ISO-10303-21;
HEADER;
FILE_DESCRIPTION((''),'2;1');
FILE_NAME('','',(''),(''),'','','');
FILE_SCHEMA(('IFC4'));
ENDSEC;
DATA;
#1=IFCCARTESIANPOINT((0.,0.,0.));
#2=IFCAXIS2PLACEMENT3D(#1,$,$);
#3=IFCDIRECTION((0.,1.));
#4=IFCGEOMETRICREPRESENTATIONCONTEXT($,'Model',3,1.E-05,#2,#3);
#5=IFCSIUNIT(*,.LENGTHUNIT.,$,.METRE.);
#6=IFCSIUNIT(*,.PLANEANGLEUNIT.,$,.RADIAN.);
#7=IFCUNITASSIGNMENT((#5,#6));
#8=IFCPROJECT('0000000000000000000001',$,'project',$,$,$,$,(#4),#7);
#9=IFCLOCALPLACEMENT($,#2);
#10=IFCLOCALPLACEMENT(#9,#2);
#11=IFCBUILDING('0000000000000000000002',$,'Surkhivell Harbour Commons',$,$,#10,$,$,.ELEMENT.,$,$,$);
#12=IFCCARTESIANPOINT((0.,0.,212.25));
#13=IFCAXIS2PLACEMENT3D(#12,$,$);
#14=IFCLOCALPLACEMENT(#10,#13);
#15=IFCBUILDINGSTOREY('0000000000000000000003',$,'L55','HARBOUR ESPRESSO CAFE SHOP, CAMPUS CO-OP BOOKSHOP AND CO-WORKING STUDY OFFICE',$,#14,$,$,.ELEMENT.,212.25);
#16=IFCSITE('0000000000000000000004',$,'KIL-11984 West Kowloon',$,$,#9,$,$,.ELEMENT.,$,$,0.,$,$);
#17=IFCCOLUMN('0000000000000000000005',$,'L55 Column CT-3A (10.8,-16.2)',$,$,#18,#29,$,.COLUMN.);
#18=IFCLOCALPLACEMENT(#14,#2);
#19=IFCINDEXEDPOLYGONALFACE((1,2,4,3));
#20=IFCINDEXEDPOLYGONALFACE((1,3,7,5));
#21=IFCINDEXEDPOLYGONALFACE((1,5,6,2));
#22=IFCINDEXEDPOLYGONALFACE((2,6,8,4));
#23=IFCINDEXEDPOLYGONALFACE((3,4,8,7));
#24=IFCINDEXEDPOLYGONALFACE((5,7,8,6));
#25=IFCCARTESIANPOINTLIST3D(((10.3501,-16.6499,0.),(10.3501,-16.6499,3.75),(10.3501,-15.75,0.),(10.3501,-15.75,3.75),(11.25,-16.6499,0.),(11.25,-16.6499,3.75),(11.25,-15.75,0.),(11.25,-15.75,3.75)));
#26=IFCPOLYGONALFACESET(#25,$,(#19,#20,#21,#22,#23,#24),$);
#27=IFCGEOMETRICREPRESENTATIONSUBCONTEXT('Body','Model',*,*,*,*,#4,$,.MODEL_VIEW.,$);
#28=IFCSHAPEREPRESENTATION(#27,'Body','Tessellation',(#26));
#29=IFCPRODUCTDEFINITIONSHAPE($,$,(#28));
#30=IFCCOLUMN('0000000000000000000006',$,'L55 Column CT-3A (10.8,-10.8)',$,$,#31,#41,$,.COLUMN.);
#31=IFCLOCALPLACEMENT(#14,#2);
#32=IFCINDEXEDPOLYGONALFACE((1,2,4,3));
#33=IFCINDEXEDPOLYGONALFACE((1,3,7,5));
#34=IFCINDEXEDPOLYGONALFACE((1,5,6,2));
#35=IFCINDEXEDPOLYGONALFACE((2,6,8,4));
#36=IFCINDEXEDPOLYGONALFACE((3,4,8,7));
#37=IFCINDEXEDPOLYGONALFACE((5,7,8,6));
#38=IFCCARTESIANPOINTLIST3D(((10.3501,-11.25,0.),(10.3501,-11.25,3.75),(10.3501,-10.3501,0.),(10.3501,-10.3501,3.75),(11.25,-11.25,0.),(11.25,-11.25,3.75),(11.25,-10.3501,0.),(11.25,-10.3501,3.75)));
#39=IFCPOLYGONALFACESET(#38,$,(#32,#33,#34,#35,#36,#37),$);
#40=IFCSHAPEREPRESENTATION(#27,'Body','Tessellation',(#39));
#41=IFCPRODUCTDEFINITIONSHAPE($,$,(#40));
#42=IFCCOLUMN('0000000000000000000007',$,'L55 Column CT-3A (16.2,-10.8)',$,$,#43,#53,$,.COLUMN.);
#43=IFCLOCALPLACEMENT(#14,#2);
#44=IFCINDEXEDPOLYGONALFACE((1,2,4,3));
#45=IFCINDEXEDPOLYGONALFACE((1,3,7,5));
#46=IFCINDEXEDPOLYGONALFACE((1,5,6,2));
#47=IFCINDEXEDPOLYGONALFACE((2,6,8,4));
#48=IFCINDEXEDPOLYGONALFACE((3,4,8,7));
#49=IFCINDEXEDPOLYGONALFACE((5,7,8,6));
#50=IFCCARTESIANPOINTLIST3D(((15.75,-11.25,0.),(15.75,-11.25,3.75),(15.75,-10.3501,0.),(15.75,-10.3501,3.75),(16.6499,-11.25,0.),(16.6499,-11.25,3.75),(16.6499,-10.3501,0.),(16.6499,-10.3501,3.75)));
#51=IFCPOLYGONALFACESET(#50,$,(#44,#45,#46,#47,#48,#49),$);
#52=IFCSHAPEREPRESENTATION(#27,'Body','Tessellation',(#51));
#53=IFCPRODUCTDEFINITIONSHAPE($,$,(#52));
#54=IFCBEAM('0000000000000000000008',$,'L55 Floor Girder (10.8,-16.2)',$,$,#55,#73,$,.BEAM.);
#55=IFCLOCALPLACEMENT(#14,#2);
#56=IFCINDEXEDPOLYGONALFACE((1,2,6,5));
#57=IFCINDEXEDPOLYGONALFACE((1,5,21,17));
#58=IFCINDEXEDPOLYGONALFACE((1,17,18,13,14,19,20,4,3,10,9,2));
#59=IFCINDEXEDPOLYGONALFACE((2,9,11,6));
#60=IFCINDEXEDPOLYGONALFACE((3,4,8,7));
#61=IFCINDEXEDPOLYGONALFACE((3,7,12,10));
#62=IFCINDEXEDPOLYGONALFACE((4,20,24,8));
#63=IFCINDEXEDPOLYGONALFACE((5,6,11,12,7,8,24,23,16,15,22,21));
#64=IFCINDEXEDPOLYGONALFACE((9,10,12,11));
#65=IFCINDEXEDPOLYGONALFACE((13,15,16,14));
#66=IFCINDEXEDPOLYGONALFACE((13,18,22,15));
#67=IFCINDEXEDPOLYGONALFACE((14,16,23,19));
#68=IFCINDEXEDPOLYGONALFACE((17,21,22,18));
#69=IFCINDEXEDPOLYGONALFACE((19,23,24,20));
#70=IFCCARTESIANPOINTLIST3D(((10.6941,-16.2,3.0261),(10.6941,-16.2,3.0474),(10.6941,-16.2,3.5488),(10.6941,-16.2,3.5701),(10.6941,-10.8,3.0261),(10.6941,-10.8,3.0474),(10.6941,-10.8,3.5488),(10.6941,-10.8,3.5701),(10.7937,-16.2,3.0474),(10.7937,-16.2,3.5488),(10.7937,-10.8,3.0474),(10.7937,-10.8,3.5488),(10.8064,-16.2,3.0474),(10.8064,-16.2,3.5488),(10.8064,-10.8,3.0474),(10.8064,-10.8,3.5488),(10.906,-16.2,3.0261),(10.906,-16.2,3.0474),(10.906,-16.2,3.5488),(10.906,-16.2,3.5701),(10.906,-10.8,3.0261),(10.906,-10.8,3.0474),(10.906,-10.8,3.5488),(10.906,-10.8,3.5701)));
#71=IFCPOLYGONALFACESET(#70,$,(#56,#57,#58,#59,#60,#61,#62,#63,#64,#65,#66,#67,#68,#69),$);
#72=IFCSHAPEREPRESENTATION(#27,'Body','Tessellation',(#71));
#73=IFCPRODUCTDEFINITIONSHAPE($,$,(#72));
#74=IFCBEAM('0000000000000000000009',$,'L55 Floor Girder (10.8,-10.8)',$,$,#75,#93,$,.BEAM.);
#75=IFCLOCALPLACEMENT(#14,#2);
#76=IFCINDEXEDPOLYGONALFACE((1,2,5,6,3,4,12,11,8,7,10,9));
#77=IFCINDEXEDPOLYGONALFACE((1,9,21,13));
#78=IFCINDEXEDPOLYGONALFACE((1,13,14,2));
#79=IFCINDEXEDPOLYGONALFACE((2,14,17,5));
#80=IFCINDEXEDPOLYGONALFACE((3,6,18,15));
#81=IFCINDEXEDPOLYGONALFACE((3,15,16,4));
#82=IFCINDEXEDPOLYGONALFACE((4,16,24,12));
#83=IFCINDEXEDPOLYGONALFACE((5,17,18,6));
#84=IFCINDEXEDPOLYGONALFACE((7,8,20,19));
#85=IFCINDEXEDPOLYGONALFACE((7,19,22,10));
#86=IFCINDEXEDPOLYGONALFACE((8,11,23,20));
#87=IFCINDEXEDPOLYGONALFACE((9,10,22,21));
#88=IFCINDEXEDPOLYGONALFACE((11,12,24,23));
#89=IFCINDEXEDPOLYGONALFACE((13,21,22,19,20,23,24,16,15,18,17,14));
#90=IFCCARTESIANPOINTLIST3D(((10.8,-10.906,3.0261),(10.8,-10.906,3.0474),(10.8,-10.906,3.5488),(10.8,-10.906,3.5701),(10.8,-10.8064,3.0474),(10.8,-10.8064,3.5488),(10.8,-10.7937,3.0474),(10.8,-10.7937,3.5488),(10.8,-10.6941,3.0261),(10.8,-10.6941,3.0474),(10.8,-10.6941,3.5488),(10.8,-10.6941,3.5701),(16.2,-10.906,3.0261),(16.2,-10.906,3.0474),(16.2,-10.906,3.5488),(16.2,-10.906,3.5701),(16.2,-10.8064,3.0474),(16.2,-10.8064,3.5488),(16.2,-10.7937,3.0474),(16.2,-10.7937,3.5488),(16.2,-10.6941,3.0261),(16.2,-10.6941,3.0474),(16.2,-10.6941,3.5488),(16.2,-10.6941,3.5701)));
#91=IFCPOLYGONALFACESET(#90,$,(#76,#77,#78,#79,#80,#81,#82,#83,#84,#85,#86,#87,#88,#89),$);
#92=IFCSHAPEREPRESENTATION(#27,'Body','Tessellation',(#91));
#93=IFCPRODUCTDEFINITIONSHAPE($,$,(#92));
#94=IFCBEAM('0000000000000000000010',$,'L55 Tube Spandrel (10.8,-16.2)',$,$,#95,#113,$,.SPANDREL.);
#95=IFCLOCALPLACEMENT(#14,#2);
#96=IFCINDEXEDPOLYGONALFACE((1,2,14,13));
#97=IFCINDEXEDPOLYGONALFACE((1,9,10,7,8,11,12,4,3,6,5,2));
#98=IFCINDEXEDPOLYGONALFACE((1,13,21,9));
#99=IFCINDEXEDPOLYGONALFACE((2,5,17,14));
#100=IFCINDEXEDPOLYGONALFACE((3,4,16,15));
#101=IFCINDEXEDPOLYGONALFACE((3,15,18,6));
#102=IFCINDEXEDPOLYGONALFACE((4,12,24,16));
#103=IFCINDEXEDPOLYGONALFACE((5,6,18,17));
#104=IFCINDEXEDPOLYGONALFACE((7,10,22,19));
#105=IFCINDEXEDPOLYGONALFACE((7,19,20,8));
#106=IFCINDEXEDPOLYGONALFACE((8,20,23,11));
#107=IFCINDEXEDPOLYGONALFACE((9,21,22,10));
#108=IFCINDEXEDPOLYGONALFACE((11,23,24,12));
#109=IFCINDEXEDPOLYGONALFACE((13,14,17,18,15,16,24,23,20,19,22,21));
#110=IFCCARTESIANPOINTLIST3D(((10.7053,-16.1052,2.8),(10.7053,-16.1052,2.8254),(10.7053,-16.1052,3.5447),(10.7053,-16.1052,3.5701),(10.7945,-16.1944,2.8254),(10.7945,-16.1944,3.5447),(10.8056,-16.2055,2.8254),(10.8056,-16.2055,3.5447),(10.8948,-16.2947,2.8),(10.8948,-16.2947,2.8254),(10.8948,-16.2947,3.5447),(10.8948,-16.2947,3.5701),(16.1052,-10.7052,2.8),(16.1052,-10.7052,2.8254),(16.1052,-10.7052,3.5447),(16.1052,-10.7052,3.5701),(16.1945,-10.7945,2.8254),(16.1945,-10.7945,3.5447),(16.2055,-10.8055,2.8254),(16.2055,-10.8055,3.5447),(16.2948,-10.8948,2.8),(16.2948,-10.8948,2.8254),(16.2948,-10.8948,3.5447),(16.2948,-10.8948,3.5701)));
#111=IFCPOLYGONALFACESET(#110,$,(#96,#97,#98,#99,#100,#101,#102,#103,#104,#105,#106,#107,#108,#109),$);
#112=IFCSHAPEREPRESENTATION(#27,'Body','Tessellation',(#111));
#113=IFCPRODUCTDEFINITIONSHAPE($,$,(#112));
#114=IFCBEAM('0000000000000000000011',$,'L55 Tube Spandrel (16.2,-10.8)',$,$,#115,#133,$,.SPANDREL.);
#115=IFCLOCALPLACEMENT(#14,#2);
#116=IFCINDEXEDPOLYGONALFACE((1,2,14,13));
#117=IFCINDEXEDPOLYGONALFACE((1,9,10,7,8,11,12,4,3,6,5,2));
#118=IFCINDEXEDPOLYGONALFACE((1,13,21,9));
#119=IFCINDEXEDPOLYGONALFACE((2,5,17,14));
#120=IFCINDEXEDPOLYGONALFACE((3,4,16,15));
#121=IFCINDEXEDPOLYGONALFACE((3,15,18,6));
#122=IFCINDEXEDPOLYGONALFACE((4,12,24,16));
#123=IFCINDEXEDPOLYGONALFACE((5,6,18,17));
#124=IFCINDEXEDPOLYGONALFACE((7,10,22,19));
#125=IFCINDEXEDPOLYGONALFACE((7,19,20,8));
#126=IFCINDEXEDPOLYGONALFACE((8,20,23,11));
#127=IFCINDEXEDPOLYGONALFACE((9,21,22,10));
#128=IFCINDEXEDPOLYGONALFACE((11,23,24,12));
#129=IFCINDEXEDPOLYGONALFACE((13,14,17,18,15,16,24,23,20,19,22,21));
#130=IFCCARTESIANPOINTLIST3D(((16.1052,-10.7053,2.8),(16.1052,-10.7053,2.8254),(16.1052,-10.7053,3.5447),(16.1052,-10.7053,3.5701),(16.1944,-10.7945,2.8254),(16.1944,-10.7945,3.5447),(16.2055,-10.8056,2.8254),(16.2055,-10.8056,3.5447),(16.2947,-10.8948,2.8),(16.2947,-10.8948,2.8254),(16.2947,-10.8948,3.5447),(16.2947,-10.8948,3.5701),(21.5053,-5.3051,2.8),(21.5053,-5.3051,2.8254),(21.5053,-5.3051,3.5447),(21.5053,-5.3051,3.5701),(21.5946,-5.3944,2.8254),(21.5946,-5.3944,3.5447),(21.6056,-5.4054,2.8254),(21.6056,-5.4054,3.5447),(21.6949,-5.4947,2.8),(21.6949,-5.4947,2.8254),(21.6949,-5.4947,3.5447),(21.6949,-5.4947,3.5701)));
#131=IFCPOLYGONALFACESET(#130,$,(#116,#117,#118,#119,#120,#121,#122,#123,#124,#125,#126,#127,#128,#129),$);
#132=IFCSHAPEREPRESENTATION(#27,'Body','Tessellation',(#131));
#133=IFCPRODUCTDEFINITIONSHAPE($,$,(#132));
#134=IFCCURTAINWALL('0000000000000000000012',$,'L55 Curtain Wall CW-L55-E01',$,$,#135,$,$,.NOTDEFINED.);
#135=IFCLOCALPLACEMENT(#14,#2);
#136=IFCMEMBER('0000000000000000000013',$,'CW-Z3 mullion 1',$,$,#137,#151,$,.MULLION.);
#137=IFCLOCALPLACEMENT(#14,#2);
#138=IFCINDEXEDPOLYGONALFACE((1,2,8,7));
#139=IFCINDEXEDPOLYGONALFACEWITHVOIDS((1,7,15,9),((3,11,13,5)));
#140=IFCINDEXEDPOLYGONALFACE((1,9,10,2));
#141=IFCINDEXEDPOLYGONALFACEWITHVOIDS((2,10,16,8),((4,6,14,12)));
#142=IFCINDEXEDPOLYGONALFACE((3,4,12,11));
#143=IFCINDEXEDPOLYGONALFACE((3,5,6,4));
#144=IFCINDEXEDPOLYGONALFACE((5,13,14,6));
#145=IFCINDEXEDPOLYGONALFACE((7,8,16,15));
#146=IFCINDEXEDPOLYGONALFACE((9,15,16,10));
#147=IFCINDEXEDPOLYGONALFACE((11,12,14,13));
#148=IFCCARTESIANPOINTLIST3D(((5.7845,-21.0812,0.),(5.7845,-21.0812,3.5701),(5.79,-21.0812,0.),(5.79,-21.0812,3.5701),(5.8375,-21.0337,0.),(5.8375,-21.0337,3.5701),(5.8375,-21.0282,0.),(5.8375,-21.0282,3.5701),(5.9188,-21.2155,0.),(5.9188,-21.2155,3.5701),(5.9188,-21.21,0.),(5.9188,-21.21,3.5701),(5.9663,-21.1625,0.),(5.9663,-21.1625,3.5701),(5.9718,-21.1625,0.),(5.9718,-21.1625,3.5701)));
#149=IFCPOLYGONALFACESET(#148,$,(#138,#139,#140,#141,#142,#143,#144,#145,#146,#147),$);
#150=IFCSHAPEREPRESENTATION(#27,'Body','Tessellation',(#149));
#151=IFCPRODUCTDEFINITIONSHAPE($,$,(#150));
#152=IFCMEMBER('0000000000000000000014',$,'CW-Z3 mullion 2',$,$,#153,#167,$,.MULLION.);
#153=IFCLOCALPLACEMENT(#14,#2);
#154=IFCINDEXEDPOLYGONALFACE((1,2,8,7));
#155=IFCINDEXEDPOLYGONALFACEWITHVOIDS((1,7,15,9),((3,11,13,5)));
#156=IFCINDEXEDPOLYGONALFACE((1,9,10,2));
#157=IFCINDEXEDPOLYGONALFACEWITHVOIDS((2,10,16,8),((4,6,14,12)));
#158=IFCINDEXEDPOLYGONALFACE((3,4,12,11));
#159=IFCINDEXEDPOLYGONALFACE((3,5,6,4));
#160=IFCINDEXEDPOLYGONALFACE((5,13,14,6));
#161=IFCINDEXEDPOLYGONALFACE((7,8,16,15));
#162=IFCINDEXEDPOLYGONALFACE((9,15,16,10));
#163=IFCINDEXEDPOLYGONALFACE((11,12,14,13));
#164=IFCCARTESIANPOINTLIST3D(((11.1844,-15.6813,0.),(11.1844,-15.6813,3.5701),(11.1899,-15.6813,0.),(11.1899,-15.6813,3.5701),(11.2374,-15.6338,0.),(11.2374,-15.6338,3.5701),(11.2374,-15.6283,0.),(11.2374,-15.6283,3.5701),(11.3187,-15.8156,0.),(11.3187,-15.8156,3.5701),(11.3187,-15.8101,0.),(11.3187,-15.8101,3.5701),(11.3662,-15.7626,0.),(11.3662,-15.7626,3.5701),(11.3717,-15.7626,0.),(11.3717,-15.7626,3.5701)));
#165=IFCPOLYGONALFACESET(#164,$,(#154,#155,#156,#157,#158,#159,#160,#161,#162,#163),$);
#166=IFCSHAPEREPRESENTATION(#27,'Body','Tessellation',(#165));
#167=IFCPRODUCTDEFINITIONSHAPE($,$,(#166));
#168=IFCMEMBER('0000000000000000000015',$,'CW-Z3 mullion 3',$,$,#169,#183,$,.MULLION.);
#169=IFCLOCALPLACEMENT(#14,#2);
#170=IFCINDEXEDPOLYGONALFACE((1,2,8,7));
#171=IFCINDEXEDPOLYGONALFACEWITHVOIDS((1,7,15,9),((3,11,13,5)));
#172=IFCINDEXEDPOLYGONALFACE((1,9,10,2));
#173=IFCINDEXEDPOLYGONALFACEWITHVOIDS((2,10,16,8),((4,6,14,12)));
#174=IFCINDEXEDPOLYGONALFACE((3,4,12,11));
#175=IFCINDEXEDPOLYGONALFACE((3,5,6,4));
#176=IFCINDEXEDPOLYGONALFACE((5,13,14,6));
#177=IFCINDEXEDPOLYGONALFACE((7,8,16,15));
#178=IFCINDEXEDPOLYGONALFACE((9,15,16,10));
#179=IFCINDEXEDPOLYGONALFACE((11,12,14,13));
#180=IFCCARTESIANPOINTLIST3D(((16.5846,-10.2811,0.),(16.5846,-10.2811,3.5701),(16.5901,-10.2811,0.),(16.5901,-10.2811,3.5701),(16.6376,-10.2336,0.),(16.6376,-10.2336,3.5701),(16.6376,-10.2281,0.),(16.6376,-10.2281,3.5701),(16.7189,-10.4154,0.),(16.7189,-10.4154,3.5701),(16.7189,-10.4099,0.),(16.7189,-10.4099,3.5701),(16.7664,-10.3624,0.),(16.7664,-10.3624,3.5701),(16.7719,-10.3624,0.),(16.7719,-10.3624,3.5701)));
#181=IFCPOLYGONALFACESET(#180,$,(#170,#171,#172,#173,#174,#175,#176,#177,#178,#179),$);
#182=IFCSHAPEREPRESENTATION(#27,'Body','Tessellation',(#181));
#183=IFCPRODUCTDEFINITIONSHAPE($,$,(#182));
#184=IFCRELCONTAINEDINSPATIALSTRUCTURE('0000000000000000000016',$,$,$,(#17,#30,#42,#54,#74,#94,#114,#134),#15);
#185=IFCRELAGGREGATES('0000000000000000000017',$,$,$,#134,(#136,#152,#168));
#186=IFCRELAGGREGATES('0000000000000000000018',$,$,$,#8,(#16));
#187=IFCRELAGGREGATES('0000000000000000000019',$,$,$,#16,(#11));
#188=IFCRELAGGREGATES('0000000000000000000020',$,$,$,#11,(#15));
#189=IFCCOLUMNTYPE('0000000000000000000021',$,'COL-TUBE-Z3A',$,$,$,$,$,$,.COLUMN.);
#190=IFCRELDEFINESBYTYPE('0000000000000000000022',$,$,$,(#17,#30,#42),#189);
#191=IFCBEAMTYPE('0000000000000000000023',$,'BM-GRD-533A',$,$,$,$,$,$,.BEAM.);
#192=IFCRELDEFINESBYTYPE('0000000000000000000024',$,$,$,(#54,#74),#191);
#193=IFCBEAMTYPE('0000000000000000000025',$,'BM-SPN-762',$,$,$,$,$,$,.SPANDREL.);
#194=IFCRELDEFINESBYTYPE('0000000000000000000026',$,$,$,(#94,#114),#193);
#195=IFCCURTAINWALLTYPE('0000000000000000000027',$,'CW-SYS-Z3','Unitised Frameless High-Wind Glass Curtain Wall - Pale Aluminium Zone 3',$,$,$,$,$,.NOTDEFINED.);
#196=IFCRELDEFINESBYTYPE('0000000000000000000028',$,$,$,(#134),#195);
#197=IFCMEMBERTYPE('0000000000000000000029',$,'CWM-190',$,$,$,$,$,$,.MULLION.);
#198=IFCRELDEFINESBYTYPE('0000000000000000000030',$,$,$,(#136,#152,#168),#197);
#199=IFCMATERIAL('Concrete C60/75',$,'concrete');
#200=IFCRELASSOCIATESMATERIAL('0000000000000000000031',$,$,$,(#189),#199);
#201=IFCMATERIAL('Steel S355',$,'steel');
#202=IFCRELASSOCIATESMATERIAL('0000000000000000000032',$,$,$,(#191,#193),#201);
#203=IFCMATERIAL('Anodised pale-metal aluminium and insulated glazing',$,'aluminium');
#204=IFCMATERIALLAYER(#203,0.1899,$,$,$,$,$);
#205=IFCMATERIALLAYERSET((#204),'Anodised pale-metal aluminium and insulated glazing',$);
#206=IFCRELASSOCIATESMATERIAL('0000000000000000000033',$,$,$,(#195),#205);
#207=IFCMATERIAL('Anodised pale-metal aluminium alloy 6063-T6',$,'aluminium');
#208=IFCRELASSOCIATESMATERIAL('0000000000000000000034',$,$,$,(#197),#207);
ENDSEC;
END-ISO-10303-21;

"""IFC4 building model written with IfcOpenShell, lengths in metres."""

from ifc_helpers import new_model, si_unit, direction, frame, origin, origin_2d, place, context, subcontext, project, spatial, rectangle, hollow_rectangle, i_section, extrude, material, layer, layer_set, material_profile, profile_set, type_object, element, aggregate, save


model = new_model("IFC4")

# Units and contexts
model_context = context("Model", 3, precision=1e-05, world=origin(), true_north=direction((0.0, 1.0)))
body_context = subcontext(model_context, "Body", "Model", "MODEL_VIEW")
ifc_project = project(units=[si_unit("LENGTHUNIT", "METRE"), si_unit("PLANEANGLEUNIT", "RADIAN")], contexts=[model_context])

# Site, building, storey
site_placement = place(None, origin())
site = spatial("IfcSite", under=ifc_project, at=site_placement, Name="KIL-11984 West Kowloon", CompositionType="ELEMENT", RefElevation=0.0)
building_placement = place(site_placement, origin())
building = spatial("IfcBuilding", under=site, at=building_placement, Name="Surkhivell Harbour Commons", CompositionType="ELEMENT")
storey_placement = place(building_placement, frame((0.0, 0.0, 212.25)))
storey = spatial("IfcBuildingStorey", under=building, at=storey_placement, Name="L55", Description="HARBOUR ESPRESSO CAFE SHOP, CAMPUS CO-OP BOOKSHOP AND CO-WORKING STUDY OFFICE", CompositionType="ELEMENT", Elevation=212.25)

# Columns
ifc_material_1 = material(Name="Concrete C60/75", Category="concrete")
ifc_material_profile_1 = material_profile(ifc_material_1, rectangle(XDim=0.8999, YDim=0.8999, at=origin_2d()), Name="RC-COL-900x900")
ifc_profile_set_1 = profile_set([ifc_material_profile_1], Name="Concrete C60/75")
column_type = type_object("IfcColumnType", Name="COL-TUBE-Z3A", PredefinedType="COLUMN", material=ifc_profile_set_1)
for number, where, z_axis, x_axis, name in (
    (1, (10.8, -16.2, 0.0), (0.0, 0.0, 1.0), (1.0, 0.0, 0.0), "L55 Column CT-3A (10.8,-16.2)"),
    (2, (10.8, -10.8, 0.0), (0.0, 0.0, 1.0), (1.0, 0.0, 0.0), "L55 Column CT-3A (10.8,-10.8)"),
    (3, (16.2, -10.8, 0.0), (0.0, 0.0, 1.0), (1.0, 0.0, 0.0), "L55 Column CT-3A (16.2,-10.8)"),
):
    element("IfcColumn", number, at=place(storey_placement, frame(where, z_axis=z_axis, x_axis=x_axis)), inside=storey, type_object=column_type, Name=name, PredefinedType="COLUMN", context=body_context, shape_type="SweptSolid", body=[
        extrude(rectangle(XDim=0.8999, YDim=0.8999, at=origin_2d()), origin(), (0.0, 0.0, 1.0), 3.75),
    ])

# Beams
ifc_material_2 = material(Name="Steel S355", Category="steel")
ifc_material_profile_2 = material_profile(ifc_material_2, i_section(OverallWidth=0.2119, OverallDepth=0.5439, WebThickness=0.0127, FlangeThickness=0.0212, at=origin_2d()), Name="UB533x210x122")
ifc_profile_set_2 = profile_set([ifc_material_profile_2], Name="Steel S355")
beam_type_1 = type_object("IfcBeamType", Name="BM-GRD-533A", PredefinedType="BEAM", material=ifc_profile_set_2)
for number, where, z_axis, x_axis, name in (
    (4, (10.8, -16.2, 3.2981), (0.0, 1.0, 0.0), (-1.0, 0.0, 0.0), "L55 Floor Girder (10.8,-16.2)"),
    (5, (10.8, -10.8, 3.2981), (1.0, 0.0, 0.0), (0.0, 1.0, 0.0), "L55 Floor Girder (10.8,-10.8)"),
):
    element("IfcBeam", number, at=place(storey_placement, frame(where, z_axis=z_axis, x_axis=x_axis)), inside=storey, type_object=beam_type_1, Name=name, PredefinedType="BEAM", context=body_context, shape_type="SweptSolid", body=[
        extrude(i_section(OverallWidth=0.2119, OverallDepth=0.5439, WebThickness=0.0127, FlangeThickness=0.0212, at=origin_2d()), origin(), (0.0, 0.0, 1.0), 5.3999),
    ])
ifc_material_profile_3 = material_profile(ifc_material_2, i_section(OverallWidth=0.2681, OverallDepth=0.77, WebThickness=0.0156, FlangeThickness=0.0254, at=origin_2d()), Name="UB762x267x197")
ifc_profile_set_3 = profile_set([ifc_material_profile_3], Name="Steel S355")
beam_type_2 = type_object("IfcBeamType", Name="BM-SPN-762", PredefinedType="SPANDREL", material=ifc_profile_set_3)
beam_1_placement = place(storey_placement, frame((10.8, -16.2, 3.1851), z_axis=(0.707107, 0.707107, 0.0), x_axis=(-0.707107, 0.707107, 0.0)))
element("IfcBeam", 6, at=beam_1_placement, inside=storey, type_object=beam_type_2, Name="L55 Tube Spandrel (10.8,-16.2)", PredefinedType="SPANDREL", context=body_context, shape_type="SweptSolid", body=[
    extrude(i_section(OverallWidth=0.2681, OverallDepth=0.77, WebThickness=0.0156, FlangeThickness=0.0254, at=origin_2d()), origin(), (0.0, 0.0, 1.0), 7.6367),
])
beam_2_placement = place(storey_placement, frame((16.2, -10.8, 3.1851), z_axis=(0.707107, 0.707107, 0.0), x_axis=(-0.707107, 0.707107, 0.0)))
element("IfcBeam", 7, at=beam_2_placement, inside=storey, type_object=beam_type_2, Name="L55 Tube Spandrel (16.2,-10.8)", PredefinedType="SPANDREL", context=body_context, shape_type="SweptSolid", body=[
    extrude(i_section(OverallWidth=0.2681, OverallDepth=0.77, WebThickness=0.0156, FlangeThickness=0.0254, at=origin_2d()), origin(), (0.0, 0.0, 1.0), 7.637),
])

# Curtain wall, members
ifc_material_3 = material(Name="Anodised pale-metal aluminium and insulated glazing", Category="aluminium")
ifc_layer_1 = layer(ifc_material_3, 0.1899)
ifc_layer_set_1 = layer_set([ifc_layer_1], Name="Anodised pale-metal aluminium and insulated glazing")
curtain_wall_type = type_object("IfcCurtainWallType", Name="CW-SYS-Z3", Description="Unitised Frameless High-Wind Glass Curtain Wall - Pale Aluminium Zone 3", PredefinedType="NOTDEFINED", material=ifc_layer_set_1)
curtain_wall_placement = place(storey_placement, origin())
curtain_wall = element("IfcCurtainWall", 8, at=curtain_wall_placement, inside=storey, type_object=curtain_wall_type, Name="L55 Curtain Wall CW-L55-E01", PredefinedType="NOTDEFINED")
ifc_material_4 = material(Name="Anodised pale-metal aluminium alloy 6063-T6", Category="aluminium")
ifc_material_profile_4 = material_profile(ifc_material_4, hollow_rectangle(XDim=0.075, YDim=0.1899, WallThickness=0.0039, at=origin_2d()), Name="ALU-MULL-75x190")
ifc_profile_set_4 = profile_set([ifc_material_profile_4], Name="Anodised pale-metal aluminium alloy 6063-T6")
member_type_1 = type_object("IfcMemberType", Name="CWM-190", PredefinedType="MULLION", material=ifc_profile_set_4)
member_1_placement = place(storey_placement, frame((5.8782, -21.1218, 0.0), z_axis=(0.0, 0.0, 1.0), x_axis=(0.707107, 0.707107, 0.0)))
member_1 = element("IfcMember", 9, at=member_1_placement, type_object=member_type_1, Name="CW-Z3 mullion 1", PredefinedType="MULLION", context=body_context, shape_type="SweptSolid", body=[
    extrude(hollow_rectangle(XDim=0.075, YDim=0.1899, WallThickness=0.0039, at=origin_2d()), origin(), (0.0, 0.0, 1.0), 3.5701),
])
member_2_placement = place(storey_placement, frame((11.2781, -15.7219, 0.0), z_axis=(0.0, 0.0, 1.0), x_axis=(0.707107, 0.707107, 0.0)))
member_2 = element("IfcMember", 10, at=member_2_placement, type_object=member_type_1, Name="CW-Z3 mullion 2", PredefinedType="MULLION", context=body_context, shape_type="SweptSolid", body=[
    extrude(hollow_rectangle(XDim=0.075, YDim=0.1899, WallThickness=0.0039, at=origin_2d()), origin(), (0.0, 0.0, 1.0), 3.5701),
])
member_3_placement = place(storey_placement, frame((16.6782, -10.3218, 0.0), z_axis=(0.0, 0.0, 1.0), x_axis=(0.707107, 0.707107, 0.0)))
member_3 = element("IfcMember", 11, at=member_3_placement, type_object=member_type_1, Name="CW-Z3 mullion 3", PredefinedType="MULLION", context=body_context, shape_type="SweptSolid", body=[
    extrude(hollow_rectangle(XDim=0.075, YDim=0.1899, WallThickness=0.0039, at=origin_2d()), origin(), (0.0, 0.0, 1.0), 3.5701),
])
aggregate(curtain_wall, [member_1, member_2, member_3])

save(model, "model.ifc")
